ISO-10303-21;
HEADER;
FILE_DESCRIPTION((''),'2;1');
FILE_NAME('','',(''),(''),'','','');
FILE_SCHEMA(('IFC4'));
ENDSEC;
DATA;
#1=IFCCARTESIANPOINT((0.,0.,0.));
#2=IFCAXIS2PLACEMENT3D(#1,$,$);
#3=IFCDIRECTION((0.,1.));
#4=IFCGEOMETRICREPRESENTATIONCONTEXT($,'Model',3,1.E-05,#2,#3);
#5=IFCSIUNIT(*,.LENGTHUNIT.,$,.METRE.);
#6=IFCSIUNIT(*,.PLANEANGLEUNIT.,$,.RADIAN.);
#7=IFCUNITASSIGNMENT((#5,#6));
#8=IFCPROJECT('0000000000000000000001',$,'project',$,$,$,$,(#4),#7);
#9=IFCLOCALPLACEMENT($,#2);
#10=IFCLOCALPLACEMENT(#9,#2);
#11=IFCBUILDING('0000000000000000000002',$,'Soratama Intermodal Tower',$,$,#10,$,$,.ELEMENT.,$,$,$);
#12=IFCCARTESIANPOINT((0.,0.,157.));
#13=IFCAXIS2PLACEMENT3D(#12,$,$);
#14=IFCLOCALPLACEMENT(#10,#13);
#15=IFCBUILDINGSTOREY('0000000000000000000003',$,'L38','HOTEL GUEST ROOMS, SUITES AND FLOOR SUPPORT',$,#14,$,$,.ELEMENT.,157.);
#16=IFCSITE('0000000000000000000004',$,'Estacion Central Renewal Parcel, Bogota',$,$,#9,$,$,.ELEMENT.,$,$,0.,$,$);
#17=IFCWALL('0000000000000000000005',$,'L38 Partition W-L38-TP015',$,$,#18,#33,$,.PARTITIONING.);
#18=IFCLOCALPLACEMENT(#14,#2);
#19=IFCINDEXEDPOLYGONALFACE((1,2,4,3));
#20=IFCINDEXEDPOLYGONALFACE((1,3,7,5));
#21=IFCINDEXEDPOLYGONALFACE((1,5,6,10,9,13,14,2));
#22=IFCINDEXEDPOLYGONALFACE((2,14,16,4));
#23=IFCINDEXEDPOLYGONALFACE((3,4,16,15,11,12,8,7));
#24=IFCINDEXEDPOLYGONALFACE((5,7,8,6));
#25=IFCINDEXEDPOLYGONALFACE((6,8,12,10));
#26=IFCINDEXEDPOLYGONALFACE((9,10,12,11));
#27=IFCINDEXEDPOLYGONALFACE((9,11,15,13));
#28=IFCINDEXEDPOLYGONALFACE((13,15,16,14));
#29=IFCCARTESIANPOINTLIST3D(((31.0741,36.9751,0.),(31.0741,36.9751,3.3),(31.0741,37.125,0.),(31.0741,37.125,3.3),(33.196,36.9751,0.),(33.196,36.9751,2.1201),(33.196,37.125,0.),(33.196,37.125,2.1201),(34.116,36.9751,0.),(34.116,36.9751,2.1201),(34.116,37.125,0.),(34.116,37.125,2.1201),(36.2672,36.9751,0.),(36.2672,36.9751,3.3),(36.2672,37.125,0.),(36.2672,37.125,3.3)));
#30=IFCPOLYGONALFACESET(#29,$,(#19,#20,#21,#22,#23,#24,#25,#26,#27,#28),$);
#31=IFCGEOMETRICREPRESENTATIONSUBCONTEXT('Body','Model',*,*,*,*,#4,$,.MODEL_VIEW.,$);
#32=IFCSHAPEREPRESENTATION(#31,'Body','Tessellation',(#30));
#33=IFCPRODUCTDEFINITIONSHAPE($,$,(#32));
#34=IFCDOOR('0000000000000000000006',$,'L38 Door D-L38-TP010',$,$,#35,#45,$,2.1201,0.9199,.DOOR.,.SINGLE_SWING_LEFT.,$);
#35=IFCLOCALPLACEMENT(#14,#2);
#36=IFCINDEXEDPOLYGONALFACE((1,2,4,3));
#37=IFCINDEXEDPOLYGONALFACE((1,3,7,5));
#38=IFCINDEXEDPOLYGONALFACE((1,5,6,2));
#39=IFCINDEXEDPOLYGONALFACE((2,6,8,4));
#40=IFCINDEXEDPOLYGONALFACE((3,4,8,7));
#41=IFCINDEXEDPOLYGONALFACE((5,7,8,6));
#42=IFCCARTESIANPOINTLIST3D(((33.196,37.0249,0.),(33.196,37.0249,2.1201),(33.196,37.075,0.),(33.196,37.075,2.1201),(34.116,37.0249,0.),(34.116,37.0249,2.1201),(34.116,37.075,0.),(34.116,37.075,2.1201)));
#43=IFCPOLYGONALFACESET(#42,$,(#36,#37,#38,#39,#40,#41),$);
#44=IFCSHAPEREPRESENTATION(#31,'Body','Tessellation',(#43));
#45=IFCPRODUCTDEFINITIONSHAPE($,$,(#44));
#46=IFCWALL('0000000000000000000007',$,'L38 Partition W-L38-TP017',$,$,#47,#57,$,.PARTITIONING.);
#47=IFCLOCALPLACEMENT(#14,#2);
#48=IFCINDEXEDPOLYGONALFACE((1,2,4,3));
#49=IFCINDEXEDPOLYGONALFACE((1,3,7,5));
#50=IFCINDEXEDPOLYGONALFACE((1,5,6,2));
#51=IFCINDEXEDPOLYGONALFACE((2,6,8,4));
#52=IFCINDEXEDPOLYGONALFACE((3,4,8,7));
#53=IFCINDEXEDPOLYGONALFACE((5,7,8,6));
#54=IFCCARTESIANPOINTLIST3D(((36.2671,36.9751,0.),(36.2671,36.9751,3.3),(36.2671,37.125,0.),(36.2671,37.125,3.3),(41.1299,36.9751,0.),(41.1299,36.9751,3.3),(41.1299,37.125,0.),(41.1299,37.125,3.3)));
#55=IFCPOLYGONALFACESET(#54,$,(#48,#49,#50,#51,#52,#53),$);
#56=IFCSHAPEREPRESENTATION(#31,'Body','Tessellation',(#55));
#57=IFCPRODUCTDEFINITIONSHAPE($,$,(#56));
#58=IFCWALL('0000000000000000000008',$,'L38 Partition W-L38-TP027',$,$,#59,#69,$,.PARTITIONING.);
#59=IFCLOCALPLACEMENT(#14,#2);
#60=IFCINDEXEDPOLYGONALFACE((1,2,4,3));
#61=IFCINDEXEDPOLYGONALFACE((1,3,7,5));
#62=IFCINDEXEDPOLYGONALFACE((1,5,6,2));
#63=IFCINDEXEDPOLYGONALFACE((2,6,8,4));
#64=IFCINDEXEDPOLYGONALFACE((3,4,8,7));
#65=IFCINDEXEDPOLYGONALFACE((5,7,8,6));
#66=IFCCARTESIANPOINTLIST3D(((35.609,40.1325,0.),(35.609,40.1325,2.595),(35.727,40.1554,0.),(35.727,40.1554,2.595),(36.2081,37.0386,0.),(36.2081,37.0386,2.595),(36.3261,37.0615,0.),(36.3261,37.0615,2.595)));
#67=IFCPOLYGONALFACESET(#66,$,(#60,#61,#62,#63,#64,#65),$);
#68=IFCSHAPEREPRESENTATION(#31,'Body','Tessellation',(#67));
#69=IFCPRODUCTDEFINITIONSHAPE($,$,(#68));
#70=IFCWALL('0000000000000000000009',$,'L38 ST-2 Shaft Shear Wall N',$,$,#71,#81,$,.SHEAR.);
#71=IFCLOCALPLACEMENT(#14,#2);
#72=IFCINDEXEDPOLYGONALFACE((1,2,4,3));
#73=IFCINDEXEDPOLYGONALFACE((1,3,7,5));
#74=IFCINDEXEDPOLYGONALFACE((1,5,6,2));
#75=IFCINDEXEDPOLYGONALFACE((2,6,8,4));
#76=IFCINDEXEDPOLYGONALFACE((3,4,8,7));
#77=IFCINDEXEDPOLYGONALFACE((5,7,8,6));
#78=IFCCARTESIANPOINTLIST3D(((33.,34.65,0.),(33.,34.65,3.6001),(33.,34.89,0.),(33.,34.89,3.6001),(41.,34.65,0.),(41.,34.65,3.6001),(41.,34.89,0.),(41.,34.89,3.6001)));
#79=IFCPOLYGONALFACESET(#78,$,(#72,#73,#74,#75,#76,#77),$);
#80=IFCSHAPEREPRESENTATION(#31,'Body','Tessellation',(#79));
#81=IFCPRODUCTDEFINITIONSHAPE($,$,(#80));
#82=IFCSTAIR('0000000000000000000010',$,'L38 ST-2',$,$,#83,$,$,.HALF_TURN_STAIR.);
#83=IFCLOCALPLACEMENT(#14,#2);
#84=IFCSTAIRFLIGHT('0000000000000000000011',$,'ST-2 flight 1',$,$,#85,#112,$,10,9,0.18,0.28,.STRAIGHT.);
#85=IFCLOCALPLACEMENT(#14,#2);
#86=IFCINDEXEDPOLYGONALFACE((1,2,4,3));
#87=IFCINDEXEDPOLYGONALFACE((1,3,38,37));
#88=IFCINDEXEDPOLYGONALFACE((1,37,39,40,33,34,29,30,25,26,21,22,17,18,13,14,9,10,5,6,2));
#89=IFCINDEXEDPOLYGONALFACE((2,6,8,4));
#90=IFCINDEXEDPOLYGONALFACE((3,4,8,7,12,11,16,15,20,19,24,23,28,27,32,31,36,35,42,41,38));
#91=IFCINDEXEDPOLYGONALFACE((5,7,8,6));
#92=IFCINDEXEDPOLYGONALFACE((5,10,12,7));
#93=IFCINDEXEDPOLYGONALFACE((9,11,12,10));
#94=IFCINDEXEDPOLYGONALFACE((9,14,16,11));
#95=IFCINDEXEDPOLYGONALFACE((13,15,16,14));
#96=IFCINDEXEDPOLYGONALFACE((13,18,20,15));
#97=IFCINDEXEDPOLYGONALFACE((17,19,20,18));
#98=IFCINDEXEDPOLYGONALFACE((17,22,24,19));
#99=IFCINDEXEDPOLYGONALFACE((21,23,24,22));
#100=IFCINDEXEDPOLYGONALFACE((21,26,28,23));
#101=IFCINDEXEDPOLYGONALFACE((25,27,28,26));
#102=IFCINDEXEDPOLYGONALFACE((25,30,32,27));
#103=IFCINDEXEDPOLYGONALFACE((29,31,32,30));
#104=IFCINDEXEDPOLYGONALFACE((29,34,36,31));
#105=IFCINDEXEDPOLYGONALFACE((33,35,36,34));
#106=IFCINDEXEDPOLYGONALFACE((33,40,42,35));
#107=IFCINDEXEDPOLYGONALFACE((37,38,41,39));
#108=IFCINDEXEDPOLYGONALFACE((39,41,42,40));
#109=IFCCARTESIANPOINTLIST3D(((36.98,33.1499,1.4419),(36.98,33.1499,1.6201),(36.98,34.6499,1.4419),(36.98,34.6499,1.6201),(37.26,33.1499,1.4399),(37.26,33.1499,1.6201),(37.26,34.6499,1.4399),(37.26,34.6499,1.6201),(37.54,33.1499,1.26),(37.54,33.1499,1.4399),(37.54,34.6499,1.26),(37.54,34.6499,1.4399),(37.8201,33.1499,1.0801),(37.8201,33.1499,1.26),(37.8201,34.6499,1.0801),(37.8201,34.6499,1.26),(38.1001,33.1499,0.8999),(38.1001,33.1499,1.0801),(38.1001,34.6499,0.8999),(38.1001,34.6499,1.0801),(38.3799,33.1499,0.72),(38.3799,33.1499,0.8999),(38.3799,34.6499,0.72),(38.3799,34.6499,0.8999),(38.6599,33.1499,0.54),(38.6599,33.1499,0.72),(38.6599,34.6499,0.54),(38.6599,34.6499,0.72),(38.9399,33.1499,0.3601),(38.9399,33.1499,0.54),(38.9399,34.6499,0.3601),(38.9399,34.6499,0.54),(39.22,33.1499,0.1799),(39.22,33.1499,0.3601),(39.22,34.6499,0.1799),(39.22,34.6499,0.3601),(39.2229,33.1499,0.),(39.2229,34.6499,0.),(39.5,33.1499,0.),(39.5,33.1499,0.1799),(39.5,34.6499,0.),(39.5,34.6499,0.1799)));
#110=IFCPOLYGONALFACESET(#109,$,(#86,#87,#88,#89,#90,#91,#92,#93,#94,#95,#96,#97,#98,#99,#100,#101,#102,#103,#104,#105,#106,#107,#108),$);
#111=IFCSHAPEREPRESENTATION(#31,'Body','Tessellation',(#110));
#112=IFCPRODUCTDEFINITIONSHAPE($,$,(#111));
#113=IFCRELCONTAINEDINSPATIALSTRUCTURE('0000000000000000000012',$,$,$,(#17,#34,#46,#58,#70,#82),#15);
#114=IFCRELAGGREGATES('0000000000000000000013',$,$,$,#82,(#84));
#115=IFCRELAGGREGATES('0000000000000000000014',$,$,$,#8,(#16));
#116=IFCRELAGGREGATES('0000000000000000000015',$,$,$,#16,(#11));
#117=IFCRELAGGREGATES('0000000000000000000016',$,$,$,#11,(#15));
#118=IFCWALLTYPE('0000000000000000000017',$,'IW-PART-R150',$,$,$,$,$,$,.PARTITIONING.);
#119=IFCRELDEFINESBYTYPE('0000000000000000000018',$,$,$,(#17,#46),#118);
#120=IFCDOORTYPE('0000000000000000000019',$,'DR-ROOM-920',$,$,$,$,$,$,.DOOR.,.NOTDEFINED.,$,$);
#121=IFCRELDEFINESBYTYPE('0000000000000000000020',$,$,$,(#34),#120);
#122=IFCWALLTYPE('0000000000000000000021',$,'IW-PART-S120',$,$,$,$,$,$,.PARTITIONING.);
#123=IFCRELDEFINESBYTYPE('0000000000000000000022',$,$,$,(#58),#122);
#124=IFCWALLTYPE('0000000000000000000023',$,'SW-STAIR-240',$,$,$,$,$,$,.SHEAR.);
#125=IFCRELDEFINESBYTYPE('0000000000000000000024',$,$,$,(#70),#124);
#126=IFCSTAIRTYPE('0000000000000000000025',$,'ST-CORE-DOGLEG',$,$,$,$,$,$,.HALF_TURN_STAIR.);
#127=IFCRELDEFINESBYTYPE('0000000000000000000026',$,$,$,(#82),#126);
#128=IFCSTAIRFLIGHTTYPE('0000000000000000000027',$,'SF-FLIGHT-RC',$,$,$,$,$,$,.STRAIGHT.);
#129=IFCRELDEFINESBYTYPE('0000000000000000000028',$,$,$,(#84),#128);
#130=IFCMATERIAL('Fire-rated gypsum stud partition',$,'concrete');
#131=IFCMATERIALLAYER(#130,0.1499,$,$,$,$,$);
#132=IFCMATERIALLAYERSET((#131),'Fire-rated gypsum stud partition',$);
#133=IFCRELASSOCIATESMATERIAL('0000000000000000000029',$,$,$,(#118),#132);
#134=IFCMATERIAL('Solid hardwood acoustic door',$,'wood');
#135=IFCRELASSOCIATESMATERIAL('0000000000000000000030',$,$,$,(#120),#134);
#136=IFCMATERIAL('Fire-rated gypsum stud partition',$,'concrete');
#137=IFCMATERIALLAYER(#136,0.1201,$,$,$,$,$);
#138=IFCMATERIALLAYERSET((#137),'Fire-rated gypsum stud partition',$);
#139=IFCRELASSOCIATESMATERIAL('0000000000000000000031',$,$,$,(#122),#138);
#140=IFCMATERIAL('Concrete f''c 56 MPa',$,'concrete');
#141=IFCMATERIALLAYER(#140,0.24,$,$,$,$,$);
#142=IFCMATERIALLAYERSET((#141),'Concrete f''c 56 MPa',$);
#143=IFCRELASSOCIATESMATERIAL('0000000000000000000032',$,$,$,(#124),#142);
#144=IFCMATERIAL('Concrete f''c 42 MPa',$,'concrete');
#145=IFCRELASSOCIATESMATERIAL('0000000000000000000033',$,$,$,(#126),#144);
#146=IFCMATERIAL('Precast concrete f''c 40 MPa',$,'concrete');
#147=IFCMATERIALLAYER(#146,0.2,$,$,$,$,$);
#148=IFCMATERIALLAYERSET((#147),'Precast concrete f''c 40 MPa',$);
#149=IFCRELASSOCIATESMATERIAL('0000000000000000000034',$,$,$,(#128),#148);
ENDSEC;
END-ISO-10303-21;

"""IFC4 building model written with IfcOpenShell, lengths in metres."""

from ifc_helpers import new_model, si_unit, direction, frame, frame_2d, origin, place, context, subcontext, project, spatial, polyline, rectangle, outline, extrude, material, layer, layer_set, type_object, element, fill, aggregate, save


model = new_model("IFC4")

# Units and contexts
model_context = context("Model", 3, precision=1e-05, world=origin(), true_north=direction((0.0, 1.0)))
body_context = subcontext(model_context, "Body", "Model", "MODEL_VIEW")
ifc_project = project(units=[si_unit("LENGTHUNIT", "METRE"), si_unit("PLANEANGLEUNIT", "RADIAN")], contexts=[model_context])

# Site, building, storey
site_placement = place(None, origin())
site = spatial("IfcSite", under=ifc_project, at=site_placement, Name="Estacion Central Renewal Parcel, Bogota", CompositionType="ELEMENT", RefElevation=0.0)
building_placement = place(site_placement, origin())
building = spatial("IfcBuilding", under=site, at=building_placement, Name="Soratama Intermodal Tower", CompositionType="ELEMENT")
storey_placement = place(building_placement, frame((0.0, 0.0, 157.0)))
storey = spatial("IfcBuildingStorey", under=building, at=storey_placement, Name="L38", Description="HOTEL GUEST ROOMS, SUITES AND FLOOR SUPPORT", CompositionType="ELEMENT", Elevation=157.0)

# Wall, opening, door
ifc_material_1 = material(Name="Fire-rated gypsum stud partition", Category="concrete")
ifc_layer_1 = layer(ifc_material_1, 0.1499)
ifc_layer_set_1 = layer_set([ifc_layer_1], Name="Fire-rated gypsum stud partition")
wall_type_1 = type_object("IfcWallType", Name="IW-PART-R150", PredefinedType="PARTITIONING", material=ifc_layer_set_1)
wall_1_placement = place(storey_placement, frame((31.074, 37.05, 0.0), z_axis=(0.0, 0.0, 1.0), x_axis=(1.0, 0.0, 0.0)))
wall_1 = element("IfcWall", 1, at=wall_1_placement, inside=storey, type_object=wall_type_1, Name="L38 Partition W-L38-TP015", PredefinedType="PARTITIONING", context=body_context, shape_type="SweptSolid", body=[
    extrude(rectangle(XDim=5.1931, YDim=0.1499, at=frame_2d((2.5967, 0.0))), origin(), (0.0, 0.0, 1.0), 3.3),
])
opening_placement = place(wall_1_placement, frame((2.1221, 0.0, 0.0)))
opening = element("IfcOpeningElement", 2, at=opening_placement, cuts=wall_1, PredefinedType="OPENING", context=body_context, shape_type="SweptSolid", body=[
    extrude(rectangle(XDim=0.9199, YDim=2.1201, at=frame_2d((0.46, 1.0601))), frame((0.0, 0.085, 0.0), z_axis=(0.0, -1.0, 0.0), x_axis=(1.0, 0.0, 0.0)), (0.0, 0.0, 1.0), 0.1699),
])
ifc_material_2 = material(Name="Solid hardwood acoustic door", Category="wood")
door_type = type_object("IfcDoorType", Name="DR-ROOM-920", OperationType="NOTDEFINED", PredefinedType="DOOR", material=ifc_material_2)
door_placement = place(opening_placement, origin())
door = element("IfcDoor", 3, at=door_placement, inside=storey, type_object=door_type, Name="L38 Door D-L38-TP010", OperationType="SINGLE_SWING_LEFT", OverallHeight=2.1201, OverallWidth=0.9199, PredefinedType="DOOR", context=body_context, shape_type="SweptSolid", body=[
    extrude(rectangle(XDim=0.9199, YDim=2.1201, at=frame_2d((0.46, 1.0601))), frame((0.0, 0.0249, 0.0), z_axis=(0.0, -1.0, 0.0), x_axis=(1.0, 0.0, 0.0)), (0.0, 0.0, 1.0), 0.05),
])
fill(opening, door)

# Walls
wall_2_placement = place(storey_placement, frame((36.2671, 37.05, 0.0), z_axis=(0.0, 0.0, 1.0), x_axis=(1.0, 0.0, 0.0)))
element("IfcWall", 4, at=wall_2_placement, inside=storey, type_object=wall_type_1, Name="L38 Partition W-L38-TP017", PredefinedType="PARTITIONING", context=body_context, shape_type="SweptSolid", body=[
    extrude(rectangle(XDim=4.8628, YDim=0.1499, at=frame_2d((2.4314, 0.0))), origin(), (0.0, 0.0, 1.0), 3.3),
])
ifc_material_3 = material(Name="Fire-rated gypsum stud partition", Category="concrete")
ifc_layer_2 = layer(ifc_material_3, 0.1201)
ifc_layer_set_2 = layer_set([ifc_layer_2], Name="Fire-rated gypsum stud partition")
wall_type_2 = type_object("IfcWallType", Name="IW-PART-S120", PredefinedType="PARTITIONING", material=ifc_layer_set_2)
wall_3_placement = place(storey_placement, frame((36.2671, 37.05, 0.0), z_axis=(0.0, 0.0, 1.0), x_axis=(-0.190109, 0.981763, 0.0)))
element("IfcWall", 5, at=wall_3_placement, inside=storey, type_object=wall_type_2, Name="L38 Partition W-L38-TP027", PredefinedType="PARTITIONING", context=body_context, shape_type="SweptSolid", body=[
    extrude(rectangle(XDim=3.1514, YDim=0.1201, at=frame_2d((1.5757, 0.0))), origin(), (0.0, 0.0, 1.0), 2.595),
])
ifc_material_4 = material(Name="Concrete f'c 56 MPa", Category="concrete")
ifc_layer_3 = layer(ifc_material_4, 0.24)
ifc_layer_set_3 = layer_set([ifc_layer_3], Name="Concrete f'c 56 MPa")
wall_type_3 = type_object("IfcWallType", Name="SW-STAIR-240", PredefinedType="SHEAR", material=ifc_layer_set_3)
wall_4_placement = place(storey_placement, frame((33.0, 34.77, 0.0), z_axis=(0.0, 0.0, 1.0), x_axis=(1.0, 0.0, 0.0)))
element("IfcWall", 6, at=wall_4_placement, inside=storey, type_object=wall_type_3, Name="L38 ST-2 Shaft Shear Wall N", PredefinedType="SHEAR", context=body_context, shape_type="SweptSolid", body=[
    extrude(rectangle(XDim=8.0, YDim=0.24, at=frame_2d((4.0, 0.0))), origin(), (0.0, 0.0, 1.0), 3.6001),
])

# Stair, stair flight
ifc_material_5 = material(Name="Concrete f'c 42 MPa", Category="concrete")
stair_type = type_object("IfcStairType", Name="ST-CORE-DOGLEG", PredefinedType="HALF_TURN_STAIR", material=ifc_material_5)
stair_placement = place(storey_placement, origin())
stair = element("IfcStair", 7, at=stair_placement, inside=storey, type_object=stair_type, Name="L38 ST-2", PredefinedType="HALF_TURN_STAIR")
ifc_material_6 = material(Name="Precast concrete f'c 40 MPa", Category="concrete")
ifc_layer_4 = layer(ifc_material_6, 0.2)
ifc_layer_set_4 = layer_set([ifc_layer_4], Name="Precast concrete f'c 40 MPa")
stair_flight_type = type_object("IfcStairFlightType", Name="SF-FLIGHT-RC", PredefinedType="STRAIGHT", material=ifc_layer_set_4)
stair_flight_placement = place(storey_placement, frame((39.5, 33.8999, 0.0), z_axis=(0.0, 0.0, 1.0), x_axis=(-1.0, 0.0, 0.0)))
stair_flight = element("IfcStairFlight", 8, at=stair_flight_placement, type_object=stair_flight_type, Name="ST-2 flight 1", NumberOfRisers=10, NumberOfTreads=9, PredefinedType="STRAIGHT", RiserHeight=0.18, TreadLength=0.28, context=body_context, shape_type="SweptSolid", body=[
    extrude(outline(polyline([(0.0, 0.0), (0.0, 0.1799), (0.28, 0.1799), (0.28, 0.3601), (0.5601, 0.3601), (0.5601, 0.54), (0.8401, 0.54), (0.8401, 0.72), (1.1201, 0.72), (1.1201, 0.8999), (1.3999, 0.8999), (1.3999, 1.0801), (1.6799, 1.0801), (1.6799, 1.26), (1.96, 1.26), (1.96, 1.4399), (2.24, 1.4399), (2.24, 1.6201), (2.52, 1.6201), (2.52, 1.8), (2.52, 1.4419), (0.2771, 0.0), (0.0, 0.0)])), frame((0.0, 0.75, 0.0), z_axis=(0.0, -1.0, 0.0), x_axis=(1.0, 0.0, 0.0)), (0.0, 0.0, 1.0), 1.5),
])
aggregate(stair, [stair_flight])

save(model, "model.ifc")
